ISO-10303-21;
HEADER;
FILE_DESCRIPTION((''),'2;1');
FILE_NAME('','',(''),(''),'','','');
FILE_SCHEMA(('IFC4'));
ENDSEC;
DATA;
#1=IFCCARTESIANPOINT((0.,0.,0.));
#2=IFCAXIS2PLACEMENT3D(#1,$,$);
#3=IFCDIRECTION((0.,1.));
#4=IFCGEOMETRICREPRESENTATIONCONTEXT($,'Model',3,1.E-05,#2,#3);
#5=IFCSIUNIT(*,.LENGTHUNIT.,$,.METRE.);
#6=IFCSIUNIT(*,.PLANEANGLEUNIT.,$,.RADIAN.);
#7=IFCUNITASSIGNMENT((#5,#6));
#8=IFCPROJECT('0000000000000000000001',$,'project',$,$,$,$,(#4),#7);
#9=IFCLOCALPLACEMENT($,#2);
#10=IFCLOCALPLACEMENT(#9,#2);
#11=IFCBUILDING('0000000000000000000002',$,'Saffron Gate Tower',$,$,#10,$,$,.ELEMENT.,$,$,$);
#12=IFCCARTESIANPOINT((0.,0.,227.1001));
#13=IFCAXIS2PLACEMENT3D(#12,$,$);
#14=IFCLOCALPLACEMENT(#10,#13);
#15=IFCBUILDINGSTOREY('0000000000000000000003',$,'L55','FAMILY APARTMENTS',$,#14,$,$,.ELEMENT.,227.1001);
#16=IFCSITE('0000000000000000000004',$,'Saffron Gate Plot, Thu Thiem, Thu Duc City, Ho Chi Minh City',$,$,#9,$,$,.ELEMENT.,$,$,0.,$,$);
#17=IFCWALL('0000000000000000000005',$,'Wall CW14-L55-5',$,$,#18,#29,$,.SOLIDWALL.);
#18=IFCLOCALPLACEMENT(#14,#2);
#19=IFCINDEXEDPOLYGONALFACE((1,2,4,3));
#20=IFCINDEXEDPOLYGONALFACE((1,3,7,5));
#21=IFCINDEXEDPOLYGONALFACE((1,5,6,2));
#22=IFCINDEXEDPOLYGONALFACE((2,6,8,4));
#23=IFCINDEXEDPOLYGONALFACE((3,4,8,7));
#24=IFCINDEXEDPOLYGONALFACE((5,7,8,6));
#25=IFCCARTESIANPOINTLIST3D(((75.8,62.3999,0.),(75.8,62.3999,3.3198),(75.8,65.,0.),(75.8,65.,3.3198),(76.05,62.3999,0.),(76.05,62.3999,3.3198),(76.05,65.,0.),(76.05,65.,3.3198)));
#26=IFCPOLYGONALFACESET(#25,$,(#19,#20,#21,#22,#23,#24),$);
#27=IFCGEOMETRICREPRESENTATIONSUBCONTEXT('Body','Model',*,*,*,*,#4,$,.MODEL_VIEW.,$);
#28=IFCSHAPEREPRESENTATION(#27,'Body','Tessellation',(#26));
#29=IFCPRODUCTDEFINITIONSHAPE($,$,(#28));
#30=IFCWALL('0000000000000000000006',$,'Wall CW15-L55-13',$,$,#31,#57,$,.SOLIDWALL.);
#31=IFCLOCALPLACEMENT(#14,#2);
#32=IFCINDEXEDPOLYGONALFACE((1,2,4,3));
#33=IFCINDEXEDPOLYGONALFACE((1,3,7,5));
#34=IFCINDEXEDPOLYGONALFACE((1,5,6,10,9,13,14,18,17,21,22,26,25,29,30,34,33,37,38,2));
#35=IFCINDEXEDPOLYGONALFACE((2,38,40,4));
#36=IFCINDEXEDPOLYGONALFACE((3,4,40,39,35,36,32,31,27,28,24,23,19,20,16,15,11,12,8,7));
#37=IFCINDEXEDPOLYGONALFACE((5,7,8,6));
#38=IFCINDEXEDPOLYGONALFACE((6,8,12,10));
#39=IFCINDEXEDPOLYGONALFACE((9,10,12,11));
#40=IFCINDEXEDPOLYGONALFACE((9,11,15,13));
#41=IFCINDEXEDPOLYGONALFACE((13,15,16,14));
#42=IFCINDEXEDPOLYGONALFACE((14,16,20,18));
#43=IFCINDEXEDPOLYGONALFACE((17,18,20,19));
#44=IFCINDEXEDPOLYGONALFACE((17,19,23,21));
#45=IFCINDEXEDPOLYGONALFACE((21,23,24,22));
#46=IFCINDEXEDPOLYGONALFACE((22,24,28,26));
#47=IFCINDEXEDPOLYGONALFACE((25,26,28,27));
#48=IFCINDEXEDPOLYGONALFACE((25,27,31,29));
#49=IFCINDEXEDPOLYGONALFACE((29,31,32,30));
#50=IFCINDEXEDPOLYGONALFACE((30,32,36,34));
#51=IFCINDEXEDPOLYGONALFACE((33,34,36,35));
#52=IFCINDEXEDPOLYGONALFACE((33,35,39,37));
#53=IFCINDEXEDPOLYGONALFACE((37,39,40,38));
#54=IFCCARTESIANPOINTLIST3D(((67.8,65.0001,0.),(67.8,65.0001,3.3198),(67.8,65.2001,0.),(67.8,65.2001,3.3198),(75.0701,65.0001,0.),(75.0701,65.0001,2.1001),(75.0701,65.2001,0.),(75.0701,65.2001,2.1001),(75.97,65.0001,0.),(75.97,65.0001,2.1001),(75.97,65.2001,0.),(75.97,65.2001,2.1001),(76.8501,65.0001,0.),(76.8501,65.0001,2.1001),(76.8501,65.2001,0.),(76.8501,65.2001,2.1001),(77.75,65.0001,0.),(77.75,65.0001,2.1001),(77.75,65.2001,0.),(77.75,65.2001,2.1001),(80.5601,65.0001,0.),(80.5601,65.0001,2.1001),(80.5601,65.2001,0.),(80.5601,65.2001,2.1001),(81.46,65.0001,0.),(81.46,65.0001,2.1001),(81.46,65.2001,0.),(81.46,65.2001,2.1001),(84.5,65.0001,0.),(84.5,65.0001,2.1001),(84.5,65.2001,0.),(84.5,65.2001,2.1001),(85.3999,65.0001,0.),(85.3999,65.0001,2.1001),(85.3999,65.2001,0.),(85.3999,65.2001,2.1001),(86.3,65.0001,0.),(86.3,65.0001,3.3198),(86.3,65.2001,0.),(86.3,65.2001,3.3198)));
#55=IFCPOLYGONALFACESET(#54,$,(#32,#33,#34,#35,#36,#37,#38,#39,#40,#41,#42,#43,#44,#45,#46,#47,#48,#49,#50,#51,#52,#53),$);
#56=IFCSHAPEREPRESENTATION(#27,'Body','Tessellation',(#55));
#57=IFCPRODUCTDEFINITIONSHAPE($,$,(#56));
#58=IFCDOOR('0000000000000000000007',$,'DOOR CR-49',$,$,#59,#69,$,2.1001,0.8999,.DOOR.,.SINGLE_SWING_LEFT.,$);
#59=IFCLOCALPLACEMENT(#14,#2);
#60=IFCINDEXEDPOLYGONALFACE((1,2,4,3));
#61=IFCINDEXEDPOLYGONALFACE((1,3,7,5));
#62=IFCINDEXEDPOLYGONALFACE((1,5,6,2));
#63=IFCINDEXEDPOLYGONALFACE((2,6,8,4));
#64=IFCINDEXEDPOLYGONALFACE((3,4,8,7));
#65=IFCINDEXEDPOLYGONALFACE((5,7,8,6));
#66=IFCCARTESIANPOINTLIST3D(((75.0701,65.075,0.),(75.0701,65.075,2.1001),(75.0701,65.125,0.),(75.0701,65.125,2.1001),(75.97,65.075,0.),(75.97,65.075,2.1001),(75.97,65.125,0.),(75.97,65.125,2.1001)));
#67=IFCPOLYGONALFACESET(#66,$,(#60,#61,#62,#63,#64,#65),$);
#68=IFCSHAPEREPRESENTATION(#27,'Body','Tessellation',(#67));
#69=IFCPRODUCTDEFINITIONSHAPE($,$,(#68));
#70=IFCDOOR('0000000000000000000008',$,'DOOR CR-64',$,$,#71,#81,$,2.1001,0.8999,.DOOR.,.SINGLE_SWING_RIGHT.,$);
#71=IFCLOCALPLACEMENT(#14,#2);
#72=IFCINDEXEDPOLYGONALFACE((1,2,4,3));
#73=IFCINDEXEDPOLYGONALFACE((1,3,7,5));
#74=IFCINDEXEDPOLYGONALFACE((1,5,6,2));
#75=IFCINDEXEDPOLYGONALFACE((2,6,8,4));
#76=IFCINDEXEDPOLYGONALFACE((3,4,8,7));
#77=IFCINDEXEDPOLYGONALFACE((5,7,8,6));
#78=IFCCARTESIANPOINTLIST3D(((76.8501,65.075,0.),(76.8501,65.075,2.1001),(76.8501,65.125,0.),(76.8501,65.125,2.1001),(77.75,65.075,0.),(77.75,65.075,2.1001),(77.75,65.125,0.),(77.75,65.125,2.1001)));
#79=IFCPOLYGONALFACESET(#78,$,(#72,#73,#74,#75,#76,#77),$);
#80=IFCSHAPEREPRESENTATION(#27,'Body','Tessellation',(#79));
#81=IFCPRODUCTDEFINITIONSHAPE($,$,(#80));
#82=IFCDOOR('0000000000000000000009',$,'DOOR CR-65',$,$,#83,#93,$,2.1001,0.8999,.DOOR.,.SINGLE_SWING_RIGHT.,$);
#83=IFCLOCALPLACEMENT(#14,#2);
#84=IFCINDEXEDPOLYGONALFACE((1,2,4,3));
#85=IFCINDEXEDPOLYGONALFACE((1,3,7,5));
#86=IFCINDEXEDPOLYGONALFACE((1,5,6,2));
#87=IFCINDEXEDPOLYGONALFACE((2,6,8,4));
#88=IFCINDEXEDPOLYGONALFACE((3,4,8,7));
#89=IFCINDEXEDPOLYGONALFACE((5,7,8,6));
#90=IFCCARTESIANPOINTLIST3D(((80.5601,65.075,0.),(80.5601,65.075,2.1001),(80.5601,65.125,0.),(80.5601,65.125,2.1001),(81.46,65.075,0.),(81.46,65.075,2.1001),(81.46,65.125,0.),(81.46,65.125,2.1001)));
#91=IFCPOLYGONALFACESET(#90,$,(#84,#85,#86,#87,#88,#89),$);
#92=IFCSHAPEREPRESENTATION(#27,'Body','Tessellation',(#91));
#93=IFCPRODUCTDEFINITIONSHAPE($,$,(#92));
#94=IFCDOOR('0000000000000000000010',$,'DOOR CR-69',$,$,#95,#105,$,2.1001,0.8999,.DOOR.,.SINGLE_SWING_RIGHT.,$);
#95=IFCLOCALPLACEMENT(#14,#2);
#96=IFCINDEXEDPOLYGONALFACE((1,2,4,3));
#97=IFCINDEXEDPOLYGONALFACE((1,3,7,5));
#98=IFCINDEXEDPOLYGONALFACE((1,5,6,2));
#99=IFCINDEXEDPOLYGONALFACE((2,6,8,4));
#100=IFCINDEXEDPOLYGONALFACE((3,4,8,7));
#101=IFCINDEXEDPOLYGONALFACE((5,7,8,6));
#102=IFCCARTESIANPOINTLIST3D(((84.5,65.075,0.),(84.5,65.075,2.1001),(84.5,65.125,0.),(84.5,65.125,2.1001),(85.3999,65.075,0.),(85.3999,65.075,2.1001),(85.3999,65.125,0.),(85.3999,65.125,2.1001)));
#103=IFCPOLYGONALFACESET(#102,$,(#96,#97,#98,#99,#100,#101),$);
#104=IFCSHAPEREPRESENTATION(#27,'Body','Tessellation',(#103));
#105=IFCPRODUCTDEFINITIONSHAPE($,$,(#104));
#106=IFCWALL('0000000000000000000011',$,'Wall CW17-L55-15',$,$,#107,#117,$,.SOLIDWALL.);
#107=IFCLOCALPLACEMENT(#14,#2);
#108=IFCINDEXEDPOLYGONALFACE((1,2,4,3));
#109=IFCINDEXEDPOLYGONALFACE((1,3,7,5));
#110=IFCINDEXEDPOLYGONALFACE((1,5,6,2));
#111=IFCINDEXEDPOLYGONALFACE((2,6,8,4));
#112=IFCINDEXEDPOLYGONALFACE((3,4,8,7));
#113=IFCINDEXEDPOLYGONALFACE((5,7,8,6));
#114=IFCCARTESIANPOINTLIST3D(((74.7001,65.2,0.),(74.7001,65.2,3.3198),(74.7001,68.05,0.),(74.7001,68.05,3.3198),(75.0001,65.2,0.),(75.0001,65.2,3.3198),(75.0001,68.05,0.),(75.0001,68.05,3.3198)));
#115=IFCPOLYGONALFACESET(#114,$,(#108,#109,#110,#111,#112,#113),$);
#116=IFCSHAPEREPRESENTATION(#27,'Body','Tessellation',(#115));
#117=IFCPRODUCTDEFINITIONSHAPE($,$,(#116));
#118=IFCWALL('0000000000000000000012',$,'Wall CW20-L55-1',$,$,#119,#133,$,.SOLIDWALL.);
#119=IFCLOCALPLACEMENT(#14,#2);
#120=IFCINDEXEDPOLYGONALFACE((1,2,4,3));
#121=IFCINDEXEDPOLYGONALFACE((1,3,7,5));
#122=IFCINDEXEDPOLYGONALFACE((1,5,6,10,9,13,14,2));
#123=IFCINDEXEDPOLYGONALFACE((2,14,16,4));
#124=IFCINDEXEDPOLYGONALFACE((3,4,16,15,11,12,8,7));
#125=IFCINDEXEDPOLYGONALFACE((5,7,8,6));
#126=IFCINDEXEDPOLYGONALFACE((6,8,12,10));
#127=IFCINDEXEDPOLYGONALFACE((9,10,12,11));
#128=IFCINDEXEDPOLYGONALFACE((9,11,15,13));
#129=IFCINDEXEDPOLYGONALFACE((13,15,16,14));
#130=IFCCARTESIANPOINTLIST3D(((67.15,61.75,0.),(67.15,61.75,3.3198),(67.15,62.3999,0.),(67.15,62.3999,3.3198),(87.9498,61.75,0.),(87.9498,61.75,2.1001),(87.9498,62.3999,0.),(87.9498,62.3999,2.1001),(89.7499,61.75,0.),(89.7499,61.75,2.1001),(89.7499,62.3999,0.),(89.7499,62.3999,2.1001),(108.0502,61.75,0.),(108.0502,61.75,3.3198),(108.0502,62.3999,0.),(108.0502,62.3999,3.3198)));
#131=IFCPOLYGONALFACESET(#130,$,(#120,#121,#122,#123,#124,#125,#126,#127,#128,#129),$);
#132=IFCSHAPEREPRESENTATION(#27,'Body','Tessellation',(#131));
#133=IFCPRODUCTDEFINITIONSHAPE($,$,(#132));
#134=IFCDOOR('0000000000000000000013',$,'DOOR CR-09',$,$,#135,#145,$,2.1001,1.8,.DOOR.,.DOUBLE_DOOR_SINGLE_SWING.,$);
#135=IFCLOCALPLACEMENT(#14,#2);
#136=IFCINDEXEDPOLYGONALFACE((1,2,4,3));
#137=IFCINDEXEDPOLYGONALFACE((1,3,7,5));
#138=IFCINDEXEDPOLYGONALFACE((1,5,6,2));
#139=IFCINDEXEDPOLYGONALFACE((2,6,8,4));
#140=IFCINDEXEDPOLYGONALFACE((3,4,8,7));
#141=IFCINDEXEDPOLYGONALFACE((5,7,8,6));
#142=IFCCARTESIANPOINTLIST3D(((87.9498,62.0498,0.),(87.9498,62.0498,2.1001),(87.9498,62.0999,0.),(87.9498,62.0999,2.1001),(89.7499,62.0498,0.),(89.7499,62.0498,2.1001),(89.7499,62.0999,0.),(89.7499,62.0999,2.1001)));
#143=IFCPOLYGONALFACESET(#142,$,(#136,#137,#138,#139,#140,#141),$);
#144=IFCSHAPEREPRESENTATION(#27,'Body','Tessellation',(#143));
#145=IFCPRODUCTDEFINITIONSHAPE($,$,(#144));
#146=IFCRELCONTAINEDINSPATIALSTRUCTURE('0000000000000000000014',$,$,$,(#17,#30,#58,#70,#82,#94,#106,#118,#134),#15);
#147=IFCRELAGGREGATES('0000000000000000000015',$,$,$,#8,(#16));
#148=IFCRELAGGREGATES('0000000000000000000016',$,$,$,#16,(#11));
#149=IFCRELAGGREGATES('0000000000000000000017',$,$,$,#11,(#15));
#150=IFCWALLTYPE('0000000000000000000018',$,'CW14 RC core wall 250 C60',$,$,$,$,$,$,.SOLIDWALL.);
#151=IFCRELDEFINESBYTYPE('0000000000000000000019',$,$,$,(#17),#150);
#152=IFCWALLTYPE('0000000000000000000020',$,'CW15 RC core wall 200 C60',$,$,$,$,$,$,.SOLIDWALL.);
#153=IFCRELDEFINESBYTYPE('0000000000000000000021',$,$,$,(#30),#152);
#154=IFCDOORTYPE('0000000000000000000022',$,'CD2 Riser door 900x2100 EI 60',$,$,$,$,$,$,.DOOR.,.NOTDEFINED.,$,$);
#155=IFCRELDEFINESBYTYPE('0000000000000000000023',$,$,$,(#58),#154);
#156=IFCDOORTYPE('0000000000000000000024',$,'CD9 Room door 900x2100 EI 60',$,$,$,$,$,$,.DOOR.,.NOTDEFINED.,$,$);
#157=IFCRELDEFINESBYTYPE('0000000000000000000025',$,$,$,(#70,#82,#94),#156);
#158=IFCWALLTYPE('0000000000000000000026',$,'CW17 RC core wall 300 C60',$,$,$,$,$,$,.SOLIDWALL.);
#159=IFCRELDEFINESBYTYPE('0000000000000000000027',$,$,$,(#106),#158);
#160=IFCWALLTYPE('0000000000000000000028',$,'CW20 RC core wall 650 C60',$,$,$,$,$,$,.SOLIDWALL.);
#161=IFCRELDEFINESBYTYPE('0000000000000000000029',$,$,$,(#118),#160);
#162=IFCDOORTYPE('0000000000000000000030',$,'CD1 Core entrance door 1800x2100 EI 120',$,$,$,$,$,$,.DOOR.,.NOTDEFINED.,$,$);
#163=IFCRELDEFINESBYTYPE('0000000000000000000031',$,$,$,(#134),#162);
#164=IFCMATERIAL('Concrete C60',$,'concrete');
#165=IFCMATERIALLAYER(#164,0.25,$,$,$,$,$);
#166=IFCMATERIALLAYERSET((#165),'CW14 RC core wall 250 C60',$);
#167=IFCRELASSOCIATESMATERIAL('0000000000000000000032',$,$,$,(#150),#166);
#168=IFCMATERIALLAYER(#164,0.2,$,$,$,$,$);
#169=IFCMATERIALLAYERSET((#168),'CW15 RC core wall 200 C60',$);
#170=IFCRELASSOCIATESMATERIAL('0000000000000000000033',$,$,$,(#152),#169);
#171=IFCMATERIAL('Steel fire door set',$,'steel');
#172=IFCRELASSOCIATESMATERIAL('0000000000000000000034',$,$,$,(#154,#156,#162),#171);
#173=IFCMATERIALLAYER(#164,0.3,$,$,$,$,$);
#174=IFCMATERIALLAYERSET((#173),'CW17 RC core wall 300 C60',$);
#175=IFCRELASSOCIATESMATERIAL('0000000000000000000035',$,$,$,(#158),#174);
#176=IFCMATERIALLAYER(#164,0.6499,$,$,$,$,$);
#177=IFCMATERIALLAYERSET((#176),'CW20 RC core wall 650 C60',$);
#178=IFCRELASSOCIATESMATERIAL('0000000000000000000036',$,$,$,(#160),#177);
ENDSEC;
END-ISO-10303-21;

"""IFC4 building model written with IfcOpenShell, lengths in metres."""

from ifc_helpers import new_model, si_unit, direction, frame, frame_2d, origin, place, context, subcontext, project, spatial, rectangle, extrude, material, layer, layer_set, type_object, element, fill, save


model = new_model("IFC4")

# Units and contexts
model_context = context("Model", 3, precision=1e-05, world=origin(), true_north=direction((0.0, 1.0)))
body_context = subcontext(model_context, "Body", "Model", "MODEL_VIEW")
ifc_project = project(units=[si_unit("LENGTHUNIT", "METRE"), si_unit("PLANEANGLEUNIT", "RADIAN")], contexts=[model_context])

# Site, building, storey
site_placement = place(None, origin())
site = spatial("IfcSite", under=ifc_project, at=site_placement, Name="Saffron Gate Plot, Thu Thiem, Thu Duc City, Ho Chi Minh City", CompositionType="ELEMENT", RefElevation=0.0)
building_placement = place(site_placement, origin())
building = spatial("IfcBuilding", under=site, at=building_placement, Name="Saffron Gate Tower", CompositionType="ELEMENT")
storey_placement = place(building_placement, frame((0.0, 0.0, 227.1001)))
storey = spatial("IfcBuildingStorey", under=building, at=storey_placement, Name="L55", Description="FAMILY APARTMENTS", CompositionType="ELEMENT", Elevation=227.1001)

# Wall
ifc_material_1 = material(Name="Concrete C60", Category="concrete")
ifc_layer_1 = layer(ifc_material_1, 0.25)
ifc_layer_set_1 = layer_set([ifc_layer_1], Name="CW14 RC core wall 250 C60")
wall_type_1 = type_object("IfcWallType", Name="CW14 RC core wall 250 C60", PredefinedType="SOLIDWALL", material=ifc_layer_set_1)
wall_1_placement = place(storey_placement, frame((75.925, 62.3999, 0.0), z_axis=(0.0, 0.0, 1.0), x_axis=(0.0, 1.0, 0.0)))
element("IfcWall", 1, at=wall_1_placement, inside=storey, type_object=wall_type_1, Name="Wall CW14-L55-5", PredefinedType="SOLIDWALL", context=body_context, shape_type="SweptSolid", body=[
    extrude(rectangle(XDim=2.6001, YDim=0.25, at=frame_2d((1.3, 0.0))), origin(), (0.0, 0.0, 1.0), 3.3198),
])

# Wall, openings, doors
ifc_layer_2 = layer(ifc_material_1, 0.2)
ifc_layer_set_2 = layer_set([ifc_layer_2], Name="CW15 RC core wall 200 C60")
wall_type_2 = type_object("IfcWallType", Name="CW15 RC core wall 200 C60", PredefinedType="SOLIDWALL", material=ifc_layer_set_2)
wall_2_placement = place(storey_placement, frame((67.8, 65.1001, 0.0), z_axis=(0.0, 0.0, 1.0), x_axis=(1.0, 0.0, 0.0)))
wall_2 = element("IfcWall", 2, at=wall_2_placement, inside=storey, type_object=wall_type_2, Name="Wall CW15-L55-13", PredefinedType="SOLIDWALL", context=body_context, shape_type="SweptSolid", body=[
    extrude(rectangle(XDim=18.5, YDim=0.2, at=frame_2d((9.25, 0.0))), origin(), (0.0, 0.0, 1.0), 3.3198),
])
opening_1_placement = place(wall_2_placement, frame((7.27, 0.0, 0.0)))
opening_1 = element("IfcOpeningElement", 3, at=opening_1_placement, cuts=wall_2, PredefinedType="OPENING", context=body_context, shape_type="SweptSolid", body=[
    extrude(rectangle(XDim=0.8999, YDim=2.1001, at=frame_2d((0.45, 1.05))), frame((0.0, 0.1099, 0.0), z_axis=(0.0, -1.0, 0.0), x_axis=(1.0, 0.0, 0.0)), (0.0, 0.0, 1.0), 0.22),
])
opening_2_placement = place(wall_2_placement, frame((9.05, 0.0, 0.0)))
opening_2 = element("IfcOpeningElement", 4, at=opening_2_placement, cuts=wall_2, PredefinedType="OPENING", context=body_context, shape_type="SweptSolid", body=[
    extrude(rectangle(XDim=0.8999, YDim=2.1001, at=frame_2d((0.45, 1.05))), frame((0.0, 0.1099, 0.0), z_axis=(0.0, -1.0, 0.0), x_axis=(1.0, 0.0, 0.0)), (0.0, 0.0, 1.0), 0.22),
])
opening_3_placement = place(wall_2_placement, frame((12.76, 0.0, 0.0)))
opening_3 = element("IfcOpeningElement", 5, at=opening_3_placement, cuts=wall_2, PredefinedType="OPENING", context=body_context, shape_type="SweptSolid", body=[
    extrude(rectangle(XDim=0.8999, YDim=2.1001, at=frame_2d((0.45, 1.05))), frame((0.0, 0.1099, 0.0), z_axis=(0.0, -1.0, 0.0), x_axis=(1.0, 0.0, 0.0)), (0.0, 0.0, 1.0), 0.22),
])
opening_4_placement = place(wall_2_placement, frame((16.7, 0.0, 0.0)))
opening_4 = element("IfcOpeningElement", 6, at=opening_4_placement, cuts=wall_2, PredefinedType="OPENING", context=body_context, shape_type="SweptSolid", body=[
    extrude(rectangle(XDim=0.8999, YDim=2.1001, at=frame_2d((0.45, 1.05))), frame((0.0, 0.1099, 0.0), z_axis=(0.0, -1.0, 0.0), x_axis=(1.0, 0.0, 0.0)), (0.0, 0.0, 1.0), 0.22),
])
ifc_material_2 = material(Name="Steel fire door set", Category="steel")
door_type_1 = type_object("IfcDoorType", Name="CD2 Riser door 900x2100 EI 60", OperationType="NOTDEFINED", PredefinedType="DOOR", material=ifc_material_2)
door_1_placement = place(opening_1_placement, origin())
door_1 = element("IfcDoor", 7, at=door_1_placement, inside=storey, type_object=door_type_1, Name="DOOR CR-49", OperationType="SINGLE_SWING_LEFT", OverallHeight=2.1001, OverallWidth=0.8999, PredefinedType="DOOR", context=body_context, shape_type="SweptSolid", body=[
    extrude(rectangle(XDim=0.8999, YDim=2.1001, at=frame_2d((0.45, 1.05))), frame((0.0, 0.0249, 0.0), z_axis=(0.0, -1.0, 0.0), x_axis=(1.0, 0.0, 0.0)), (0.0, 0.0, 1.0), 0.05),
])
fill(opening_1, door_1)
door_type_2 = type_object("IfcDoorType", Name="CD9 Room door 900x2100 EI 60", OperationType="NOTDEFINED", PredefinedType="DOOR", material=ifc_material_2)
door_2_placement = place(opening_2_placement, origin())
door_2 = element("IfcDoor", 8, at=door_2_placement, inside=storey, type_object=door_type_2, Name="DOOR CR-64", OperationType="SINGLE_SWING_RIGHT", OverallHeight=2.1001, OverallWidth=0.8999, PredefinedType="DOOR", context=body_context, shape_type="SweptSolid", body=[
    extrude(rectangle(XDim=0.8999, YDim=2.1001, at=frame_2d((0.45, 1.05))), frame((0.0, 0.0249, 0.0), z_axis=(0.0, -1.0, 0.0), x_axis=(1.0, 0.0, 0.0)), (0.0, 0.0, 1.0), 0.05),
])
fill(opening_2, door_2)
door_3_placement = place(opening_3_placement, origin())
door_3 = element("IfcDoor", 9, at=door_3_placement, inside=storey, type_object=door_type_2, Name="DOOR CR-65", OperationType="SINGLE_SWING_RIGHT", OverallHeight=2.1001, OverallWidth=0.8999, PredefinedType="DOOR", context=body_context, shape_type="SweptSolid", body=[
    extrude(rectangle(XDim=0.8999, YDim=2.1001, at=frame_2d((0.45, 1.05))), frame((0.0, 0.0249, 0.0), z_axis=(0.0, -1.0, 0.0), x_axis=(1.0, 0.0, 0.0)), (0.0, 0.0, 1.0), 0.05),
])
fill(opening_3, door_3)
door_4_placement = place(opening_4_placement, origin())
door_4 = element("IfcDoor", 10, at=door_4_placement, inside=storey, type_object=door_type_2, Name="DOOR CR-69", OperationType="SINGLE_SWING_RIGHT", OverallHeight=2.1001, OverallWidth=0.8999, PredefinedType="DOOR", context=body_context, shape_type="SweptSolid", body=[
    extrude(rectangle(XDim=0.8999, YDim=2.1001, at=frame_2d((0.45, 1.05))), frame((0.0, 0.0249, 0.0), z_axis=(0.0, -1.0, 0.0), x_axis=(1.0, 0.0, 0.0)), (0.0, 0.0, 1.0), 0.05),
])
fill(opening_4, door_4)

# Wall
ifc_layer_3 = layer(ifc_material_1, 0.3)
ifc_layer_set_3 = layer_set([ifc_layer_3], Name="CW17 RC core wall 300 C60")
wall_type_3 = type_object("IfcWallType", Name="CW17 RC core wall 300 C60", PredefinedType="SOLIDWALL", material=ifc_layer_set_3)
wall_3_placement = place(storey_placement, frame((74.8501, 65.2, 0.0), z_axis=(0.0, 0.0, 1.0), x_axis=(0.0, 1.0, 0.0)))
element("IfcWall", 11, at=wall_3_placement, inside=storey, type_object=wall_type_3, Name="Wall CW17-L55-15", PredefinedType="SOLIDWALL", context=body_context, shape_type="SweptSolid", body=[
    extrude(rectangle(XDim=2.8501, YDim=0.3, at=frame_2d((1.425, 0.0))), origin(), (0.0, 0.0, 1.0), 3.3198),
])

# Wall, opening, door
ifc_layer_4 = layer(ifc_material_1, 0.6499)
ifc_layer_set_4 = layer_set([ifc_layer_4], Name="CW20 RC core wall 650 C60")
wall_type_4 = type_object("IfcWallType", Name="CW20 RC core wall 650 C60", PredefinedType="SOLIDWALL", material=ifc_layer_set_4)
wall_4_placement = place(storey_placement, frame((67.1499, 62.075, 0.0), z_axis=(0.0, 0.0, 1.0), x_axis=(1.0, 0.0, 0.0)))
wall_4 = element("IfcWall", 12, at=wall_4_placement, inside=storey, type_object=wall_type_4, Name="Wall CW20-L55-1", PredefinedType="SOLIDWALL", context=body_context, shape_type="SweptSolid", body=[
    extrude(rectangle(XDim=40.9001, YDim=0.6499, at=frame_2d((20.4502, 0.0))), origin(), (0.0, 0.0, 1.0), 3.3198),
])
opening_5_placement = place(wall_4_placement, frame((20.8, 0.0, 0.0)))
opening_5 = element("IfcOpeningElement", 13, at=opening_5_placement, cuts=wall_4, PredefinedType="OPENING", context=body_context, shape_type="SweptSolid", body=[
    extrude(rectangle(XDim=1.8, YDim=2.1001, at=frame_2d((0.8999, 1.05))), frame((0.0, 0.335, 0.0), z_axis=(0.0, -1.0, 0.0), x_axis=(1.0, 0.0, 0.0)), (0.0, 0.0, 1.0), 0.6699),
])
door_type_3 = type_object("IfcDoorType", Name="CD1 Core entrance door 1800x2100 EI 120", OperationType="NOTDEFINED", PredefinedType="DOOR", material=ifc_material_2)
door_5_placement = place(opening_5_placement, origin())
door_5 = element("IfcDoor", 14, at=door_5_placement, inside=storey, type_object=door_type_3, Name="DOOR CR-09", OperationType="DOUBLE_DOOR_SINGLE_SWING", OverallHeight=2.1001, OverallWidth=1.8, PredefinedType="DOOR", context=body_context, shape_type="SweptSolid", body=[
    extrude(rectangle(XDim=1.8, YDim=2.1001, at=frame_2d((0.8999, 1.05))), frame((0.0, 0.0249, 0.0), z_axis=(0.0, -1.0, 0.0), x_axis=(1.0, 0.0, 0.0)), (0.0, 0.0, 1.0), 0.05),
])
fill(opening_5, door_5)

save(model, "model.ifc")
